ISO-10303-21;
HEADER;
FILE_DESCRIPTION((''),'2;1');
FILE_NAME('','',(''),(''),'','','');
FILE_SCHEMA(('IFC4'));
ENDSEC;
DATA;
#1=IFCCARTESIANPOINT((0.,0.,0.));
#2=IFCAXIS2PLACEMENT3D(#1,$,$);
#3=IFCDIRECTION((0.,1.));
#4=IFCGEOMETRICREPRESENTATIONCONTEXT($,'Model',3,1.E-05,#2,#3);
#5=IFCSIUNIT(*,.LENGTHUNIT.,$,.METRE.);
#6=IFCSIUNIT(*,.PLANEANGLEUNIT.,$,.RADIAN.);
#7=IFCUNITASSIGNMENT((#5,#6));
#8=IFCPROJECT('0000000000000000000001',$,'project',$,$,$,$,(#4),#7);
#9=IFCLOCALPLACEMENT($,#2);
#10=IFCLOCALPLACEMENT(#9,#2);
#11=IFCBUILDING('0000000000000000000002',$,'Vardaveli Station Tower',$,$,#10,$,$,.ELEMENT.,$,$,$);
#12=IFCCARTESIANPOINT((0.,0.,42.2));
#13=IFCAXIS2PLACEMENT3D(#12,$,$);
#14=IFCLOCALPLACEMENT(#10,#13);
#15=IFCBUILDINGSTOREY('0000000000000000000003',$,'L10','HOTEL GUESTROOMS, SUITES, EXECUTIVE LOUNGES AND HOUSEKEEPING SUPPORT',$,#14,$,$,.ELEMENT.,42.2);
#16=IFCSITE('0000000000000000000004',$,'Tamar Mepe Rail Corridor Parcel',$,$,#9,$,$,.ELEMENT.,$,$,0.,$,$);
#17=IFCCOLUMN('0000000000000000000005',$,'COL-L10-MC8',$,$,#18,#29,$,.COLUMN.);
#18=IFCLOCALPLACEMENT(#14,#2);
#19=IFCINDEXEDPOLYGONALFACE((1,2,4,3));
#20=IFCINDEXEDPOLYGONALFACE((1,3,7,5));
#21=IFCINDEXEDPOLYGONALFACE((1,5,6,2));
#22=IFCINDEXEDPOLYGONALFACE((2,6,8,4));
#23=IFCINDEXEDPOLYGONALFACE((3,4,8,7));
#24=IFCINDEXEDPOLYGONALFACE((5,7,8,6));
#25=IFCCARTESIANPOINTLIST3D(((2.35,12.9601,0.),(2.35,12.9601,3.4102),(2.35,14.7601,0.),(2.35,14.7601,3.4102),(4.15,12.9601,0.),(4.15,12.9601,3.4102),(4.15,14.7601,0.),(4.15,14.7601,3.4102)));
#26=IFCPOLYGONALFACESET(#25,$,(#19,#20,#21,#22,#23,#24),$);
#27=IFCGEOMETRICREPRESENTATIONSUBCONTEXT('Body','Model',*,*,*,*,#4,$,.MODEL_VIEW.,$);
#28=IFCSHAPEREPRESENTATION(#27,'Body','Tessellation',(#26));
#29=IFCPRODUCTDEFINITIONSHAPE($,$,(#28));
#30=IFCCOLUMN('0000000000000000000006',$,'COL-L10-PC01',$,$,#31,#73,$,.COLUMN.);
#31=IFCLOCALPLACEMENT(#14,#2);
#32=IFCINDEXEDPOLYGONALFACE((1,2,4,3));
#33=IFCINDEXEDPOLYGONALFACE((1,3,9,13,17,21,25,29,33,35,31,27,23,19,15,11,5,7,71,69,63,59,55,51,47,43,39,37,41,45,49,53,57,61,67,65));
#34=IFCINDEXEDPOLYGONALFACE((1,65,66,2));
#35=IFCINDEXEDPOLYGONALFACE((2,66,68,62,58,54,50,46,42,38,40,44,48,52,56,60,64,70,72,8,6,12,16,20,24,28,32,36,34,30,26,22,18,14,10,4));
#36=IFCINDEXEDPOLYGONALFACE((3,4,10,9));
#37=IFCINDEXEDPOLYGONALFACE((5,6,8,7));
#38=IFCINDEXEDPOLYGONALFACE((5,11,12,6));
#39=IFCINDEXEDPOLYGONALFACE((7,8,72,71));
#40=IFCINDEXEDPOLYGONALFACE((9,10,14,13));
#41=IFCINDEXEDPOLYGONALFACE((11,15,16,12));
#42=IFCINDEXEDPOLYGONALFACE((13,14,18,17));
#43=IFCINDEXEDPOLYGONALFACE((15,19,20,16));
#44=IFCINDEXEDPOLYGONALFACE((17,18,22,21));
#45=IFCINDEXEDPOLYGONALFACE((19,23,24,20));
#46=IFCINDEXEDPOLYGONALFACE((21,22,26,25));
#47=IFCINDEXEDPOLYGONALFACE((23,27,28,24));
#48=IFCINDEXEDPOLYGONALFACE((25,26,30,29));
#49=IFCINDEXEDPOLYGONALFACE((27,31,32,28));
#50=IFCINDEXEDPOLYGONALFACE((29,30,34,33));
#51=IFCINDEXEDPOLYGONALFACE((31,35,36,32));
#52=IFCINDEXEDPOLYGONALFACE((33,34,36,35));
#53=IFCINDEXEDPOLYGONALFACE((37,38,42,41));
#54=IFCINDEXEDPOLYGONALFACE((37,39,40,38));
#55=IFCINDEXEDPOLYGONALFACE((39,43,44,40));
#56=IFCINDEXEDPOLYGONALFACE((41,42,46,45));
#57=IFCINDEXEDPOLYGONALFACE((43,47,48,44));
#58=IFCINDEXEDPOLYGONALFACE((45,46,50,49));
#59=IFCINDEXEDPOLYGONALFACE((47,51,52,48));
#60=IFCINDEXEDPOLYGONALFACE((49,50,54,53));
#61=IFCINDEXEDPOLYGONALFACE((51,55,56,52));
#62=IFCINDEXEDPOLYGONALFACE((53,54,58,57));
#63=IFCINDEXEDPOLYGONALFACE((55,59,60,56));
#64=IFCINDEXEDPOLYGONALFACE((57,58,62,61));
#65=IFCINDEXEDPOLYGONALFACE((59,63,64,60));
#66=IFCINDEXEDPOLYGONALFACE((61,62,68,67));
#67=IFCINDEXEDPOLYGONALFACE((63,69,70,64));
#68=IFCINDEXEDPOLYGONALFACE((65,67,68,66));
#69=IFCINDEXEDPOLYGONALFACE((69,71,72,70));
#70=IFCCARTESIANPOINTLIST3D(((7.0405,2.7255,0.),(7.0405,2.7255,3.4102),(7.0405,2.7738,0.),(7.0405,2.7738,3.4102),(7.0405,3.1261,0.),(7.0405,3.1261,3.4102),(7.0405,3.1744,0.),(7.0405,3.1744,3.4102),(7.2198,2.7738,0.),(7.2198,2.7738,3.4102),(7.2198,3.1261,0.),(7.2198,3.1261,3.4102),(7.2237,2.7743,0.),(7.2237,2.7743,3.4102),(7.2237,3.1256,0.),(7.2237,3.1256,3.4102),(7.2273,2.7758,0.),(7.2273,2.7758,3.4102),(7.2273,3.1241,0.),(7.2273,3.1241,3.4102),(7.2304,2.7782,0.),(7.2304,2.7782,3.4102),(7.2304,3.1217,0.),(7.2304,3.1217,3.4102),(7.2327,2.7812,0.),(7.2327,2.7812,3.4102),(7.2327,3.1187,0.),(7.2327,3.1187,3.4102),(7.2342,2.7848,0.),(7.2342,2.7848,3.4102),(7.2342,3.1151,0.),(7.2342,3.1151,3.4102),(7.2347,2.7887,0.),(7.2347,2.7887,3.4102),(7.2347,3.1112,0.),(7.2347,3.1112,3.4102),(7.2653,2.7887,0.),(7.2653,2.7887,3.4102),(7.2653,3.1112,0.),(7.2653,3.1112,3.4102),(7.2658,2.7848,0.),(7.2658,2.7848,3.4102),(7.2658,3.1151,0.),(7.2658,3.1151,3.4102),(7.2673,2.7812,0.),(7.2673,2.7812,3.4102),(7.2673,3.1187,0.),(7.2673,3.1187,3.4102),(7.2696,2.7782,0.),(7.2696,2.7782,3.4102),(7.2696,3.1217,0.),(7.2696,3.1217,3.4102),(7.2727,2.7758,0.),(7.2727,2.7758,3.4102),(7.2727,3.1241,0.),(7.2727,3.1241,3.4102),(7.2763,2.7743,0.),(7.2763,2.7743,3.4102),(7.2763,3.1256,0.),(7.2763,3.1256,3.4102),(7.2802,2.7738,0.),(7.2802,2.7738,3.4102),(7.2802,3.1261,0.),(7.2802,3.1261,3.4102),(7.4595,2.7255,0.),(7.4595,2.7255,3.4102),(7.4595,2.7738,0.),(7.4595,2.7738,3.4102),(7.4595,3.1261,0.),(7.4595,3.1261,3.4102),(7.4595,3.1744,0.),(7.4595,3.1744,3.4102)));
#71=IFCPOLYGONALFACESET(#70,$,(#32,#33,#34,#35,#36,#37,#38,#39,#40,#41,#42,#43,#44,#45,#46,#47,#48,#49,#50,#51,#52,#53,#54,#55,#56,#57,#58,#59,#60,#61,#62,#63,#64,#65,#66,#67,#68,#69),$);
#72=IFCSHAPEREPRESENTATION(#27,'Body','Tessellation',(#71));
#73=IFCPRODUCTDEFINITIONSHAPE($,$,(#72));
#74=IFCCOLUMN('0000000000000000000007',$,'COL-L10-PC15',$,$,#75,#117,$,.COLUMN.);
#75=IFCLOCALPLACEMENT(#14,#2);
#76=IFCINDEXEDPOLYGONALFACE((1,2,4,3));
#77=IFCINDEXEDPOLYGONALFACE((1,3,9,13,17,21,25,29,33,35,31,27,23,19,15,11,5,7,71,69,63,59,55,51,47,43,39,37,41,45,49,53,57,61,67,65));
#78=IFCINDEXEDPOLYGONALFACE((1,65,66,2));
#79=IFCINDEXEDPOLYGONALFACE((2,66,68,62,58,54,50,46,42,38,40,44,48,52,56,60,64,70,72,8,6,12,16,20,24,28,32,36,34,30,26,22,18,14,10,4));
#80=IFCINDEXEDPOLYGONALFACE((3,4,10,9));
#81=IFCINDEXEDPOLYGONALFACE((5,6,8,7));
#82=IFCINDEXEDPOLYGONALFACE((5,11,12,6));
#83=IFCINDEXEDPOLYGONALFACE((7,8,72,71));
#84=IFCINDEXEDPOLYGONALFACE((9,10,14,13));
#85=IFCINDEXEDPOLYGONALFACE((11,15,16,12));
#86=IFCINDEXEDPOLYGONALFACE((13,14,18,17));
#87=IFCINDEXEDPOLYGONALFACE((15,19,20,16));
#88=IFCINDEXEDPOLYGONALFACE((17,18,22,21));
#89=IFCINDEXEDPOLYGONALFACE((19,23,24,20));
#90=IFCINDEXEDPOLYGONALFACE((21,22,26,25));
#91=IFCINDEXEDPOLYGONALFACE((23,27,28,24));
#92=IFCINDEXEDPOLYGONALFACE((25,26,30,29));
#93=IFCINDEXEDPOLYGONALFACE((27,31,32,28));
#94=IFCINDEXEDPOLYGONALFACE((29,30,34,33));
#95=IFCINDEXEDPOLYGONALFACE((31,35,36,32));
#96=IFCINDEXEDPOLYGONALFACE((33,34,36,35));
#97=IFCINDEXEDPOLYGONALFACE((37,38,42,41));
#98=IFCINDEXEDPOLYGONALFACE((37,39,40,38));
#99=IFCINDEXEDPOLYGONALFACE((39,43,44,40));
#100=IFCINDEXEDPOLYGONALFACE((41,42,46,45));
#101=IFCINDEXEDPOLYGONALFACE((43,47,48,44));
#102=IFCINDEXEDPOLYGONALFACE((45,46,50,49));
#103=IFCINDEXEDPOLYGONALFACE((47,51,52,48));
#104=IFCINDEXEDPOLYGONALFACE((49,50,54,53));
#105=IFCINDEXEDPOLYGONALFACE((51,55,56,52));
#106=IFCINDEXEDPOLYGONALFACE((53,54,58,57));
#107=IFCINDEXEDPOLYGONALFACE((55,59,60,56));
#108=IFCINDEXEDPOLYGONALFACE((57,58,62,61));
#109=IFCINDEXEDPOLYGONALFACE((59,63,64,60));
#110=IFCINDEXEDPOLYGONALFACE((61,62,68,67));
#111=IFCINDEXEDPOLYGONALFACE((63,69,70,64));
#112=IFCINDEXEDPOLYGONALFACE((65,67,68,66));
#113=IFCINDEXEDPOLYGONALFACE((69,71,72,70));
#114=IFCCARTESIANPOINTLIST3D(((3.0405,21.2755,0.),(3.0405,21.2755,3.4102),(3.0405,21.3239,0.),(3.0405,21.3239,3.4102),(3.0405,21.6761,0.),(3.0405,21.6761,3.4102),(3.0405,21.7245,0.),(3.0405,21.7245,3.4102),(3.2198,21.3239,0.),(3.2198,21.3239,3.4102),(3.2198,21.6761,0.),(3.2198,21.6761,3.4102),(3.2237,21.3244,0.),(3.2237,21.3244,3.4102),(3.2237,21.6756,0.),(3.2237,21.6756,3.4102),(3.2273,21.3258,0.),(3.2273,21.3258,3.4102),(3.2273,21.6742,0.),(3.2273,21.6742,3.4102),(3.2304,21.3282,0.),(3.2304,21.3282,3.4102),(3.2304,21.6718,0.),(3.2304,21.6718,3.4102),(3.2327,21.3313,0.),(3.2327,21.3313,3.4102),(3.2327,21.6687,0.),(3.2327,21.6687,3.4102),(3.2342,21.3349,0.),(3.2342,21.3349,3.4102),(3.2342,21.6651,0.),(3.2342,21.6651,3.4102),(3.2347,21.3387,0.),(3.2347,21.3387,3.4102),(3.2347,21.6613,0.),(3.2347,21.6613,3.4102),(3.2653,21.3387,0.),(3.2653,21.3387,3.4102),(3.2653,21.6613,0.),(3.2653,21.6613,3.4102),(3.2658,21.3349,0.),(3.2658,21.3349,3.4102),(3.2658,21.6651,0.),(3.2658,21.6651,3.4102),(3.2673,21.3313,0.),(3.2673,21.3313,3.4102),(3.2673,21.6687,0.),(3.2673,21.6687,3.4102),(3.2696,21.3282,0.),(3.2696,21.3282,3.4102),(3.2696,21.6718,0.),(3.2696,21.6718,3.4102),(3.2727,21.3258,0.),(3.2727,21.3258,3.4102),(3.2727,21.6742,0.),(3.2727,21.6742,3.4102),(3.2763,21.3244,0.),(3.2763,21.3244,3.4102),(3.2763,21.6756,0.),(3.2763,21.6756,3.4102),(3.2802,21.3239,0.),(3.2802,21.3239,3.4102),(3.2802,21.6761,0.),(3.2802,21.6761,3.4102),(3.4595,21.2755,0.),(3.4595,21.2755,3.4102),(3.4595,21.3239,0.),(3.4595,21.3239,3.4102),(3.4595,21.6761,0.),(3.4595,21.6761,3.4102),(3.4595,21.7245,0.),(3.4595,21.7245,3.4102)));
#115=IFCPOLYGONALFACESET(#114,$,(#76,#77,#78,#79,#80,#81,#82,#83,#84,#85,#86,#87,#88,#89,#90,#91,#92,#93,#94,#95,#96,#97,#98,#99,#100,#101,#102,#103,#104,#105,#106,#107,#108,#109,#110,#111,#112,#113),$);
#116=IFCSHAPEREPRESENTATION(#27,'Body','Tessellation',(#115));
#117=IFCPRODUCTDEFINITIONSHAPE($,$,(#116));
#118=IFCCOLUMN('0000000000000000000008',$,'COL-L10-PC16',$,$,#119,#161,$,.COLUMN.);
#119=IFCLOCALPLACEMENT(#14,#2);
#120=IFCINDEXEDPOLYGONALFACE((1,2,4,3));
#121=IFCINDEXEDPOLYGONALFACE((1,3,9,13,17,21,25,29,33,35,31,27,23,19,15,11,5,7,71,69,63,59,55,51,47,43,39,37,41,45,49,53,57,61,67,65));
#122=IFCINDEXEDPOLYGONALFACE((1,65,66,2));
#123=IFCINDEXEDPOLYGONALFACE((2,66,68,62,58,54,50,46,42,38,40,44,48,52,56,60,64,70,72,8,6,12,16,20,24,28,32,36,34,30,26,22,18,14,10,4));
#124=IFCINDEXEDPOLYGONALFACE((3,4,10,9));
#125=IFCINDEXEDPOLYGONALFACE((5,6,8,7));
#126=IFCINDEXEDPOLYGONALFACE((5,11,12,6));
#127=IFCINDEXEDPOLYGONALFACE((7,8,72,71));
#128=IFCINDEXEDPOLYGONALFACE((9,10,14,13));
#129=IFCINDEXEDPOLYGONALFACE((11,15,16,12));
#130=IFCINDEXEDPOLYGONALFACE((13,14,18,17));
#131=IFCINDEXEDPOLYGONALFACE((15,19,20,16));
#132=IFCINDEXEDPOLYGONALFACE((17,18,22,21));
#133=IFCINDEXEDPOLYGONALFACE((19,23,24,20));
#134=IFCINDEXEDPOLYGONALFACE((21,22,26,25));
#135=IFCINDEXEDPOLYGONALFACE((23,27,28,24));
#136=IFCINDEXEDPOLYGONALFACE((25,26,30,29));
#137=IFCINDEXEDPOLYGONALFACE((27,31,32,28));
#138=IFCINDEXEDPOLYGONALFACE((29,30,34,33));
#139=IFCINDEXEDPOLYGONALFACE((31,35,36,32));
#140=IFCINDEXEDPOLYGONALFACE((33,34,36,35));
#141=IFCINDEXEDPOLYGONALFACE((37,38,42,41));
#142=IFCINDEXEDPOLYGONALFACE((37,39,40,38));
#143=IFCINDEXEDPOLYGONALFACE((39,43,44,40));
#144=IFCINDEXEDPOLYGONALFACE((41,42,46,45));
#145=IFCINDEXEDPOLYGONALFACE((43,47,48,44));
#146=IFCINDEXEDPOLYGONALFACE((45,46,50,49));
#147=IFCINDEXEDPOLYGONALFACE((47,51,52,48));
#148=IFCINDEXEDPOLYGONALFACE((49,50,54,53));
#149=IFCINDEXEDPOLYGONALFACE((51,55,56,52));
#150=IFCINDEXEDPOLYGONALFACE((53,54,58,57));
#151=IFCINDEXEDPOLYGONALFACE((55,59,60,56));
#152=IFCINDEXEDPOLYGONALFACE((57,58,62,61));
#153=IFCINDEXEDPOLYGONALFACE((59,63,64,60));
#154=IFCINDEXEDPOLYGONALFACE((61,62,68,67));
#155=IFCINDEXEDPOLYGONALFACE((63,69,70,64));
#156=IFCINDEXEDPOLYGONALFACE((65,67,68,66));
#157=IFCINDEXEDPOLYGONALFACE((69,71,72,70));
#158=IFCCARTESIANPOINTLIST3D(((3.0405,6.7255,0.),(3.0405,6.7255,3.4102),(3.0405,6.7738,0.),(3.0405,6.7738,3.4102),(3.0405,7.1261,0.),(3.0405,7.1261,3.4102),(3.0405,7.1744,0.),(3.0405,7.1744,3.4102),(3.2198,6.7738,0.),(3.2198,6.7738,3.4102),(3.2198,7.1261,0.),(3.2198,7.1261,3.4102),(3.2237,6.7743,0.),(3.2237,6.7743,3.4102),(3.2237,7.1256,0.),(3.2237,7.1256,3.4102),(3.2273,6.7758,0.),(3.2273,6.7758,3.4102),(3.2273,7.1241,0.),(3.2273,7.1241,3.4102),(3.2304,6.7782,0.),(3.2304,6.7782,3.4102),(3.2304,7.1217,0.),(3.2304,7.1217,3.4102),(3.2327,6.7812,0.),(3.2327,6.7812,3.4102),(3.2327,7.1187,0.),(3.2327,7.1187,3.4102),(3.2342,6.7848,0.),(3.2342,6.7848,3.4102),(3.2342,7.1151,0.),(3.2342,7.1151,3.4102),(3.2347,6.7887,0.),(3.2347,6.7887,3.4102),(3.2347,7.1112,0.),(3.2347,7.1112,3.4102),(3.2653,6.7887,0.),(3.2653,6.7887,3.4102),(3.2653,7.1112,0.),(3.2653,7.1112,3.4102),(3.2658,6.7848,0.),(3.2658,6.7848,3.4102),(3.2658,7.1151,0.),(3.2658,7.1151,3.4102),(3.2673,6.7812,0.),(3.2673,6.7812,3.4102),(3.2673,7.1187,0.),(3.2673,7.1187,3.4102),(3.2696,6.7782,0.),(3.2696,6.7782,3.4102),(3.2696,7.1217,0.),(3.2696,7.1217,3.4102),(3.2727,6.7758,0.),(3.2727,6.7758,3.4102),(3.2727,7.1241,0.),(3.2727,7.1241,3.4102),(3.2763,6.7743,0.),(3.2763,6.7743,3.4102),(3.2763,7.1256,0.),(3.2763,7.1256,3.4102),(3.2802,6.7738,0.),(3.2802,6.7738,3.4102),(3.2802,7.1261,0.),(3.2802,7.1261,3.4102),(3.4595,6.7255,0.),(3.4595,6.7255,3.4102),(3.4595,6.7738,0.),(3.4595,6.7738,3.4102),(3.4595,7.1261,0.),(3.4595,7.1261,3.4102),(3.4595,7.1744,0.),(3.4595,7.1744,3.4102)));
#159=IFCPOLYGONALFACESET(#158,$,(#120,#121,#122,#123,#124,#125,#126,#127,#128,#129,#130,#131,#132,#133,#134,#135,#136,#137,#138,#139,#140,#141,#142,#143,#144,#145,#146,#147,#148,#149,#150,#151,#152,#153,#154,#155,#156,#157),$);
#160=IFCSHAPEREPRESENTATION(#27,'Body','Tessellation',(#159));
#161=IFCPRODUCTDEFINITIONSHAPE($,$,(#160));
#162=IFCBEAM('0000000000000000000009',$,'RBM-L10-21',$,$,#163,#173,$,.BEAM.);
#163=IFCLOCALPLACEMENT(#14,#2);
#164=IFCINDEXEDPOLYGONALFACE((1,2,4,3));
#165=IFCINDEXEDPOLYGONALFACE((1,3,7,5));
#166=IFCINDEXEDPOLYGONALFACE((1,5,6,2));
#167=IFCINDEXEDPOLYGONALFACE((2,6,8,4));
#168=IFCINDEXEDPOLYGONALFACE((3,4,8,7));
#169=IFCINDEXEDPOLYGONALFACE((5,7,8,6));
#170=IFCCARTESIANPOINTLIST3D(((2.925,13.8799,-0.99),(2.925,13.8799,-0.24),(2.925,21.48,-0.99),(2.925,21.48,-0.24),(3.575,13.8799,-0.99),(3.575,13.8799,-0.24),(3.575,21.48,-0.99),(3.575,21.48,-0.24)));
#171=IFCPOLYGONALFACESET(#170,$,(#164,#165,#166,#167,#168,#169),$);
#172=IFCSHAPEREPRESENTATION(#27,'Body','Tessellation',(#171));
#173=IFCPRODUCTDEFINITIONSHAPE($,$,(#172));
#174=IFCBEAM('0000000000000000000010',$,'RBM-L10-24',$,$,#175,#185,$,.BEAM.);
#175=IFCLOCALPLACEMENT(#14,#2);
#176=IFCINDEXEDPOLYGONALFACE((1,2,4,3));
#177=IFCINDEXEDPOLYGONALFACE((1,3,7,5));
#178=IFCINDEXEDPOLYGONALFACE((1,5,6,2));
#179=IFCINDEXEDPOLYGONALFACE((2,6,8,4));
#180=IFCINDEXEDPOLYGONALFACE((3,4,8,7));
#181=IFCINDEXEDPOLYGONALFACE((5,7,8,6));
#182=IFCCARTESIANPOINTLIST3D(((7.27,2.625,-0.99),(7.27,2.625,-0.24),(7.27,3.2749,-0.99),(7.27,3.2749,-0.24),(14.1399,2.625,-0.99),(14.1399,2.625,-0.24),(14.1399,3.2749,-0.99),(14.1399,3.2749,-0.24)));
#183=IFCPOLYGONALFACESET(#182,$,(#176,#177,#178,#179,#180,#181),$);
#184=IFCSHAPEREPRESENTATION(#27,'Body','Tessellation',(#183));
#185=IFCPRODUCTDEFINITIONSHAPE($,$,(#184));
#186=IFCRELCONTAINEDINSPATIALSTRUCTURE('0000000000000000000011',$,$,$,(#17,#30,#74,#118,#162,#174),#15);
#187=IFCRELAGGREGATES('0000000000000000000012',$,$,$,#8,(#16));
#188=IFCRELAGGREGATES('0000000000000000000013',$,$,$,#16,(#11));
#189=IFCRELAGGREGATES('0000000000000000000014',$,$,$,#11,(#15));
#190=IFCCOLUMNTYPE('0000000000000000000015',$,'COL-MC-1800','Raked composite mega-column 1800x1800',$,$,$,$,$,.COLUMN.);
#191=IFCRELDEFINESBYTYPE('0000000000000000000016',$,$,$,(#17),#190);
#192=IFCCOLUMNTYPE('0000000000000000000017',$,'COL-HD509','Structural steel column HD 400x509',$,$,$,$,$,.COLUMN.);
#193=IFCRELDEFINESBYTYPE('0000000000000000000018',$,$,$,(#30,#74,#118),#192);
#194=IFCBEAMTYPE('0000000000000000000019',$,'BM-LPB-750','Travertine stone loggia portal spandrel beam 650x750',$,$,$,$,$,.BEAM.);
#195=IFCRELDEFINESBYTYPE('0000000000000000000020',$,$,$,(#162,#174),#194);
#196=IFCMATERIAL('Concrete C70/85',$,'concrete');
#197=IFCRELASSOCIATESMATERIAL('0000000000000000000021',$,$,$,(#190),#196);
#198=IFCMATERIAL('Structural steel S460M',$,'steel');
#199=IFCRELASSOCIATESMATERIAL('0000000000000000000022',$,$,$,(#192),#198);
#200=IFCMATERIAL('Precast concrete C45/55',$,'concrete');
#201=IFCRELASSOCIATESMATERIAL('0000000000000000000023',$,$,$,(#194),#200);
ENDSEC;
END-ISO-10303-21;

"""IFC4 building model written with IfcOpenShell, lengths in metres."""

from ifc_helpers import new_model, si_unit, direction, frame, origin, origin_2d, place, context, subcontext, project, spatial, rectangle, i_section, extrude, source, transform, mapped, material, material_profile, profile_set, type_object, element, save


model = new_model("IFC4")

# Units and contexts
model_context = context("Model", 3, precision=1e-05, world=origin(), true_north=direction((0.0, 1.0)))
body_context = subcontext(model_context, "Body", "Model", "MODEL_VIEW")
ifc_project = project(units=[si_unit("LENGTHUNIT", "METRE"), si_unit("PLANEANGLEUNIT", "RADIAN")], contexts=[model_context])

# Site, building, storey
site_placement = place(None, origin())
site = spatial("IfcSite", under=ifc_project, at=site_placement, Name="Tamar Mepe Rail Corridor Parcel", CompositionType="ELEMENT", RefElevation=0.0)
building_placement = place(site_placement, origin())
building = spatial("IfcBuilding", under=site, at=building_placement, Name="Vardaveli Station Tower", CompositionType="ELEMENT")
storey_placement = place(building_placement, frame((0.0, 0.0, 42.2)))
storey = spatial("IfcBuildingStorey", under=building, at=storey_placement, Name="L10", Description="HOTEL GUESTROOMS, SUITES, EXECUTIVE LOUNGES AND HOUSEKEEPING SUPPORT", CompositionType="ELEMENT", Elevation=42.2)

# Columns
ifc_material_1 = material(Name="Concrete C70/85", Category="concrete")
ifc_material_profile_1 = material_profile(ifc_material_1, rectangle(XDim=1.8, YDim=1.8, at=origin_2d()), Name="MC 1800x1800")
ifc_profile_set_1 = profile_set([ifc_material_profile_1], Name="Concrete C70/85")
column_type_1 = type_object("IfcColumnType", Name="COL-MC-1800", Description="Raked composite mega-column 1800x1800", PredefinedType="COLUMN", material=ifc_profile_set_1)
shared_shape_1 = source(origin(), body_context, "Body", "SweptSolid", [
    extrude(rectangle(XDim=1.8, YDim=1.8, at=origin_2d()), origin(), (0.0, 0.0, 1.0), 3.4102),
])
column_placement = place(storey_placement, frame((3.25, 13.8601, 0.0), z_axis=(0.0, 0.0, 1.0), x_axis=(1.0, 0.0, 0.0)))
element("IfcColumn", 1, at=column_placement, inside=storey, type_object=column_type_1, Name="COL-L10-MC8", PredefinedType="COLUMN", context=body_context, shape_type="MappedRepresentation", body=[
    mapped(shared_shape_1, transform((0.0, 0.0, 0.0), scale=1.0)),
])
ifc_material_2 = material(Name="Structural steel S460M", Category="steel")
ifc_material_profile_2 = material_profile(ifc_material_2, i_section(OverallWidth=0.4189, OverallDepth=0.449, WebThickness=0.0305, FlangeThickness=0.0483, FilletRadius=0.0149, at=origin_2d()), Name="HD 400x509")
ifc_profile_set_2 = profile_set([ifc_material_profile_2], Name="Structural steel S460M")
column_type_2 = type_object("IfcColumnType", Name="COL-HD509", Description="Structural steel column HD 400x509", PredefinedType="COLUMN", material=ifc_profile_set_2)
shared_shape_2 = source(origin(), body_context, "Body", "SweptSolid", [
    extrude(i_section(OverallWidth=0.4189, OverallDepth=0.449, WebThickness=0.0305, FlangeThickness=0.0483, FilletRadius=0.0149, at=origin_2d()), origin(), (0.0, 0.0, 1.0), 3.4102),
])
for number, where, z_axis, x_axis, name in (
    (2, (7.25, 2.95, 0.0), (0.0, 0.0, 1.0), (1.0, 0.0, 0.0), "COL-L10-PC01"),
    (3, (3.25, 21.5, 0.0), (0.0, 0.0, 1.0), (1.0, 0.0, 0.0), "COL-L10-PC15"),
    (4, (3.25, 6.95, 0.0), (0.0, 0.0, 1.0), (1.0, 0.0, 0.0), "COL-L10-PC16"),
):
    element("IfcColumn", number, at=place(storey_placement, frame(where, z_axis=z_axis, x_axis=x_axis)), inside=storey, type_object=column_type_2, Name=name, PredefinedType="COLUMN", context=body_context, shape_type="MappedRepresentation", body=[
        mapped(shared_shape_2, transform((0.0, 0.0, 0.0), scale=1.0)),
    ])

# Beams
ifc_material_3 = material(Name="Precast concrete C45/55", Category="concrete")
ifc_material_profile_3 = material_profile(ifc_material_3, rectangle(XDim=0.6499, YDim=0.75, at=origin_2d()), Name="LPB 650x750")
ifc_profile_set_3 = profile_set([ifc_material_profile_3], Name="Precast concrete C45/55")
beam_type_1 = type_object("IfcBeamType", Name="BM-LPB-750", Description="Travertine stone loggia portal spandrel beam 650x750", PredefinedType="BEAM", material=ifc_profile_set_3)
shared_shape_3 = source(origin(), body_context, "Body", "SweptSolid", [
    extrude(rectangle(XDim=0.6499, YDim=0.75, at=origin_2d()), origin(), (0.0, 0.0, 1.0), 7.6001),
])
beam_1_placement = place(storey_placement, frame((3.25, 21.48, -0.615), z_axis=(0.0, -1.0, 0.0), x_axis=(1.0, 0.0, 0.0)))
element("IfcBeam", 5, at=beam_1_placement, inside=storey, type_object=beam_type_1, Name="RBM-L10-21", PredefinedType="BEAM", context=body_context, shape_type="MappedRepresentation", body=[
    mapped(shared_shape_3, transform((0.0, 0.0, 0.0), scale=1.0)),
])
shared_shape_4 = source(origin(), body_context, "Body", "SweptSolid", [
    extrude(rectangle(XDim=0.6499, YDim=0.75, at=origin_2d()), origin(), (0.0, 0.0, 1.0), 6.8699),
])
beam_2_placement = place(storey_placement, frame((7.27, 2.95, -0.615), z_axis=(1.0, 0.0, 0.0), x_axis=(0.0, 1.0, 0.0)))
element("IfcBeam", 6, at=beam_2_placement, inside=storey, type_object=beam_type_1, Name="RBM-L10-24", PredefinedType="BEAM", context=body_context, shape_type="MappedRepresentation", body=[
    mapped(shared_shape_4, transform((0.0, 0.0, 0.0), scale=1.0)),
])

save(model, "model.ifc")
